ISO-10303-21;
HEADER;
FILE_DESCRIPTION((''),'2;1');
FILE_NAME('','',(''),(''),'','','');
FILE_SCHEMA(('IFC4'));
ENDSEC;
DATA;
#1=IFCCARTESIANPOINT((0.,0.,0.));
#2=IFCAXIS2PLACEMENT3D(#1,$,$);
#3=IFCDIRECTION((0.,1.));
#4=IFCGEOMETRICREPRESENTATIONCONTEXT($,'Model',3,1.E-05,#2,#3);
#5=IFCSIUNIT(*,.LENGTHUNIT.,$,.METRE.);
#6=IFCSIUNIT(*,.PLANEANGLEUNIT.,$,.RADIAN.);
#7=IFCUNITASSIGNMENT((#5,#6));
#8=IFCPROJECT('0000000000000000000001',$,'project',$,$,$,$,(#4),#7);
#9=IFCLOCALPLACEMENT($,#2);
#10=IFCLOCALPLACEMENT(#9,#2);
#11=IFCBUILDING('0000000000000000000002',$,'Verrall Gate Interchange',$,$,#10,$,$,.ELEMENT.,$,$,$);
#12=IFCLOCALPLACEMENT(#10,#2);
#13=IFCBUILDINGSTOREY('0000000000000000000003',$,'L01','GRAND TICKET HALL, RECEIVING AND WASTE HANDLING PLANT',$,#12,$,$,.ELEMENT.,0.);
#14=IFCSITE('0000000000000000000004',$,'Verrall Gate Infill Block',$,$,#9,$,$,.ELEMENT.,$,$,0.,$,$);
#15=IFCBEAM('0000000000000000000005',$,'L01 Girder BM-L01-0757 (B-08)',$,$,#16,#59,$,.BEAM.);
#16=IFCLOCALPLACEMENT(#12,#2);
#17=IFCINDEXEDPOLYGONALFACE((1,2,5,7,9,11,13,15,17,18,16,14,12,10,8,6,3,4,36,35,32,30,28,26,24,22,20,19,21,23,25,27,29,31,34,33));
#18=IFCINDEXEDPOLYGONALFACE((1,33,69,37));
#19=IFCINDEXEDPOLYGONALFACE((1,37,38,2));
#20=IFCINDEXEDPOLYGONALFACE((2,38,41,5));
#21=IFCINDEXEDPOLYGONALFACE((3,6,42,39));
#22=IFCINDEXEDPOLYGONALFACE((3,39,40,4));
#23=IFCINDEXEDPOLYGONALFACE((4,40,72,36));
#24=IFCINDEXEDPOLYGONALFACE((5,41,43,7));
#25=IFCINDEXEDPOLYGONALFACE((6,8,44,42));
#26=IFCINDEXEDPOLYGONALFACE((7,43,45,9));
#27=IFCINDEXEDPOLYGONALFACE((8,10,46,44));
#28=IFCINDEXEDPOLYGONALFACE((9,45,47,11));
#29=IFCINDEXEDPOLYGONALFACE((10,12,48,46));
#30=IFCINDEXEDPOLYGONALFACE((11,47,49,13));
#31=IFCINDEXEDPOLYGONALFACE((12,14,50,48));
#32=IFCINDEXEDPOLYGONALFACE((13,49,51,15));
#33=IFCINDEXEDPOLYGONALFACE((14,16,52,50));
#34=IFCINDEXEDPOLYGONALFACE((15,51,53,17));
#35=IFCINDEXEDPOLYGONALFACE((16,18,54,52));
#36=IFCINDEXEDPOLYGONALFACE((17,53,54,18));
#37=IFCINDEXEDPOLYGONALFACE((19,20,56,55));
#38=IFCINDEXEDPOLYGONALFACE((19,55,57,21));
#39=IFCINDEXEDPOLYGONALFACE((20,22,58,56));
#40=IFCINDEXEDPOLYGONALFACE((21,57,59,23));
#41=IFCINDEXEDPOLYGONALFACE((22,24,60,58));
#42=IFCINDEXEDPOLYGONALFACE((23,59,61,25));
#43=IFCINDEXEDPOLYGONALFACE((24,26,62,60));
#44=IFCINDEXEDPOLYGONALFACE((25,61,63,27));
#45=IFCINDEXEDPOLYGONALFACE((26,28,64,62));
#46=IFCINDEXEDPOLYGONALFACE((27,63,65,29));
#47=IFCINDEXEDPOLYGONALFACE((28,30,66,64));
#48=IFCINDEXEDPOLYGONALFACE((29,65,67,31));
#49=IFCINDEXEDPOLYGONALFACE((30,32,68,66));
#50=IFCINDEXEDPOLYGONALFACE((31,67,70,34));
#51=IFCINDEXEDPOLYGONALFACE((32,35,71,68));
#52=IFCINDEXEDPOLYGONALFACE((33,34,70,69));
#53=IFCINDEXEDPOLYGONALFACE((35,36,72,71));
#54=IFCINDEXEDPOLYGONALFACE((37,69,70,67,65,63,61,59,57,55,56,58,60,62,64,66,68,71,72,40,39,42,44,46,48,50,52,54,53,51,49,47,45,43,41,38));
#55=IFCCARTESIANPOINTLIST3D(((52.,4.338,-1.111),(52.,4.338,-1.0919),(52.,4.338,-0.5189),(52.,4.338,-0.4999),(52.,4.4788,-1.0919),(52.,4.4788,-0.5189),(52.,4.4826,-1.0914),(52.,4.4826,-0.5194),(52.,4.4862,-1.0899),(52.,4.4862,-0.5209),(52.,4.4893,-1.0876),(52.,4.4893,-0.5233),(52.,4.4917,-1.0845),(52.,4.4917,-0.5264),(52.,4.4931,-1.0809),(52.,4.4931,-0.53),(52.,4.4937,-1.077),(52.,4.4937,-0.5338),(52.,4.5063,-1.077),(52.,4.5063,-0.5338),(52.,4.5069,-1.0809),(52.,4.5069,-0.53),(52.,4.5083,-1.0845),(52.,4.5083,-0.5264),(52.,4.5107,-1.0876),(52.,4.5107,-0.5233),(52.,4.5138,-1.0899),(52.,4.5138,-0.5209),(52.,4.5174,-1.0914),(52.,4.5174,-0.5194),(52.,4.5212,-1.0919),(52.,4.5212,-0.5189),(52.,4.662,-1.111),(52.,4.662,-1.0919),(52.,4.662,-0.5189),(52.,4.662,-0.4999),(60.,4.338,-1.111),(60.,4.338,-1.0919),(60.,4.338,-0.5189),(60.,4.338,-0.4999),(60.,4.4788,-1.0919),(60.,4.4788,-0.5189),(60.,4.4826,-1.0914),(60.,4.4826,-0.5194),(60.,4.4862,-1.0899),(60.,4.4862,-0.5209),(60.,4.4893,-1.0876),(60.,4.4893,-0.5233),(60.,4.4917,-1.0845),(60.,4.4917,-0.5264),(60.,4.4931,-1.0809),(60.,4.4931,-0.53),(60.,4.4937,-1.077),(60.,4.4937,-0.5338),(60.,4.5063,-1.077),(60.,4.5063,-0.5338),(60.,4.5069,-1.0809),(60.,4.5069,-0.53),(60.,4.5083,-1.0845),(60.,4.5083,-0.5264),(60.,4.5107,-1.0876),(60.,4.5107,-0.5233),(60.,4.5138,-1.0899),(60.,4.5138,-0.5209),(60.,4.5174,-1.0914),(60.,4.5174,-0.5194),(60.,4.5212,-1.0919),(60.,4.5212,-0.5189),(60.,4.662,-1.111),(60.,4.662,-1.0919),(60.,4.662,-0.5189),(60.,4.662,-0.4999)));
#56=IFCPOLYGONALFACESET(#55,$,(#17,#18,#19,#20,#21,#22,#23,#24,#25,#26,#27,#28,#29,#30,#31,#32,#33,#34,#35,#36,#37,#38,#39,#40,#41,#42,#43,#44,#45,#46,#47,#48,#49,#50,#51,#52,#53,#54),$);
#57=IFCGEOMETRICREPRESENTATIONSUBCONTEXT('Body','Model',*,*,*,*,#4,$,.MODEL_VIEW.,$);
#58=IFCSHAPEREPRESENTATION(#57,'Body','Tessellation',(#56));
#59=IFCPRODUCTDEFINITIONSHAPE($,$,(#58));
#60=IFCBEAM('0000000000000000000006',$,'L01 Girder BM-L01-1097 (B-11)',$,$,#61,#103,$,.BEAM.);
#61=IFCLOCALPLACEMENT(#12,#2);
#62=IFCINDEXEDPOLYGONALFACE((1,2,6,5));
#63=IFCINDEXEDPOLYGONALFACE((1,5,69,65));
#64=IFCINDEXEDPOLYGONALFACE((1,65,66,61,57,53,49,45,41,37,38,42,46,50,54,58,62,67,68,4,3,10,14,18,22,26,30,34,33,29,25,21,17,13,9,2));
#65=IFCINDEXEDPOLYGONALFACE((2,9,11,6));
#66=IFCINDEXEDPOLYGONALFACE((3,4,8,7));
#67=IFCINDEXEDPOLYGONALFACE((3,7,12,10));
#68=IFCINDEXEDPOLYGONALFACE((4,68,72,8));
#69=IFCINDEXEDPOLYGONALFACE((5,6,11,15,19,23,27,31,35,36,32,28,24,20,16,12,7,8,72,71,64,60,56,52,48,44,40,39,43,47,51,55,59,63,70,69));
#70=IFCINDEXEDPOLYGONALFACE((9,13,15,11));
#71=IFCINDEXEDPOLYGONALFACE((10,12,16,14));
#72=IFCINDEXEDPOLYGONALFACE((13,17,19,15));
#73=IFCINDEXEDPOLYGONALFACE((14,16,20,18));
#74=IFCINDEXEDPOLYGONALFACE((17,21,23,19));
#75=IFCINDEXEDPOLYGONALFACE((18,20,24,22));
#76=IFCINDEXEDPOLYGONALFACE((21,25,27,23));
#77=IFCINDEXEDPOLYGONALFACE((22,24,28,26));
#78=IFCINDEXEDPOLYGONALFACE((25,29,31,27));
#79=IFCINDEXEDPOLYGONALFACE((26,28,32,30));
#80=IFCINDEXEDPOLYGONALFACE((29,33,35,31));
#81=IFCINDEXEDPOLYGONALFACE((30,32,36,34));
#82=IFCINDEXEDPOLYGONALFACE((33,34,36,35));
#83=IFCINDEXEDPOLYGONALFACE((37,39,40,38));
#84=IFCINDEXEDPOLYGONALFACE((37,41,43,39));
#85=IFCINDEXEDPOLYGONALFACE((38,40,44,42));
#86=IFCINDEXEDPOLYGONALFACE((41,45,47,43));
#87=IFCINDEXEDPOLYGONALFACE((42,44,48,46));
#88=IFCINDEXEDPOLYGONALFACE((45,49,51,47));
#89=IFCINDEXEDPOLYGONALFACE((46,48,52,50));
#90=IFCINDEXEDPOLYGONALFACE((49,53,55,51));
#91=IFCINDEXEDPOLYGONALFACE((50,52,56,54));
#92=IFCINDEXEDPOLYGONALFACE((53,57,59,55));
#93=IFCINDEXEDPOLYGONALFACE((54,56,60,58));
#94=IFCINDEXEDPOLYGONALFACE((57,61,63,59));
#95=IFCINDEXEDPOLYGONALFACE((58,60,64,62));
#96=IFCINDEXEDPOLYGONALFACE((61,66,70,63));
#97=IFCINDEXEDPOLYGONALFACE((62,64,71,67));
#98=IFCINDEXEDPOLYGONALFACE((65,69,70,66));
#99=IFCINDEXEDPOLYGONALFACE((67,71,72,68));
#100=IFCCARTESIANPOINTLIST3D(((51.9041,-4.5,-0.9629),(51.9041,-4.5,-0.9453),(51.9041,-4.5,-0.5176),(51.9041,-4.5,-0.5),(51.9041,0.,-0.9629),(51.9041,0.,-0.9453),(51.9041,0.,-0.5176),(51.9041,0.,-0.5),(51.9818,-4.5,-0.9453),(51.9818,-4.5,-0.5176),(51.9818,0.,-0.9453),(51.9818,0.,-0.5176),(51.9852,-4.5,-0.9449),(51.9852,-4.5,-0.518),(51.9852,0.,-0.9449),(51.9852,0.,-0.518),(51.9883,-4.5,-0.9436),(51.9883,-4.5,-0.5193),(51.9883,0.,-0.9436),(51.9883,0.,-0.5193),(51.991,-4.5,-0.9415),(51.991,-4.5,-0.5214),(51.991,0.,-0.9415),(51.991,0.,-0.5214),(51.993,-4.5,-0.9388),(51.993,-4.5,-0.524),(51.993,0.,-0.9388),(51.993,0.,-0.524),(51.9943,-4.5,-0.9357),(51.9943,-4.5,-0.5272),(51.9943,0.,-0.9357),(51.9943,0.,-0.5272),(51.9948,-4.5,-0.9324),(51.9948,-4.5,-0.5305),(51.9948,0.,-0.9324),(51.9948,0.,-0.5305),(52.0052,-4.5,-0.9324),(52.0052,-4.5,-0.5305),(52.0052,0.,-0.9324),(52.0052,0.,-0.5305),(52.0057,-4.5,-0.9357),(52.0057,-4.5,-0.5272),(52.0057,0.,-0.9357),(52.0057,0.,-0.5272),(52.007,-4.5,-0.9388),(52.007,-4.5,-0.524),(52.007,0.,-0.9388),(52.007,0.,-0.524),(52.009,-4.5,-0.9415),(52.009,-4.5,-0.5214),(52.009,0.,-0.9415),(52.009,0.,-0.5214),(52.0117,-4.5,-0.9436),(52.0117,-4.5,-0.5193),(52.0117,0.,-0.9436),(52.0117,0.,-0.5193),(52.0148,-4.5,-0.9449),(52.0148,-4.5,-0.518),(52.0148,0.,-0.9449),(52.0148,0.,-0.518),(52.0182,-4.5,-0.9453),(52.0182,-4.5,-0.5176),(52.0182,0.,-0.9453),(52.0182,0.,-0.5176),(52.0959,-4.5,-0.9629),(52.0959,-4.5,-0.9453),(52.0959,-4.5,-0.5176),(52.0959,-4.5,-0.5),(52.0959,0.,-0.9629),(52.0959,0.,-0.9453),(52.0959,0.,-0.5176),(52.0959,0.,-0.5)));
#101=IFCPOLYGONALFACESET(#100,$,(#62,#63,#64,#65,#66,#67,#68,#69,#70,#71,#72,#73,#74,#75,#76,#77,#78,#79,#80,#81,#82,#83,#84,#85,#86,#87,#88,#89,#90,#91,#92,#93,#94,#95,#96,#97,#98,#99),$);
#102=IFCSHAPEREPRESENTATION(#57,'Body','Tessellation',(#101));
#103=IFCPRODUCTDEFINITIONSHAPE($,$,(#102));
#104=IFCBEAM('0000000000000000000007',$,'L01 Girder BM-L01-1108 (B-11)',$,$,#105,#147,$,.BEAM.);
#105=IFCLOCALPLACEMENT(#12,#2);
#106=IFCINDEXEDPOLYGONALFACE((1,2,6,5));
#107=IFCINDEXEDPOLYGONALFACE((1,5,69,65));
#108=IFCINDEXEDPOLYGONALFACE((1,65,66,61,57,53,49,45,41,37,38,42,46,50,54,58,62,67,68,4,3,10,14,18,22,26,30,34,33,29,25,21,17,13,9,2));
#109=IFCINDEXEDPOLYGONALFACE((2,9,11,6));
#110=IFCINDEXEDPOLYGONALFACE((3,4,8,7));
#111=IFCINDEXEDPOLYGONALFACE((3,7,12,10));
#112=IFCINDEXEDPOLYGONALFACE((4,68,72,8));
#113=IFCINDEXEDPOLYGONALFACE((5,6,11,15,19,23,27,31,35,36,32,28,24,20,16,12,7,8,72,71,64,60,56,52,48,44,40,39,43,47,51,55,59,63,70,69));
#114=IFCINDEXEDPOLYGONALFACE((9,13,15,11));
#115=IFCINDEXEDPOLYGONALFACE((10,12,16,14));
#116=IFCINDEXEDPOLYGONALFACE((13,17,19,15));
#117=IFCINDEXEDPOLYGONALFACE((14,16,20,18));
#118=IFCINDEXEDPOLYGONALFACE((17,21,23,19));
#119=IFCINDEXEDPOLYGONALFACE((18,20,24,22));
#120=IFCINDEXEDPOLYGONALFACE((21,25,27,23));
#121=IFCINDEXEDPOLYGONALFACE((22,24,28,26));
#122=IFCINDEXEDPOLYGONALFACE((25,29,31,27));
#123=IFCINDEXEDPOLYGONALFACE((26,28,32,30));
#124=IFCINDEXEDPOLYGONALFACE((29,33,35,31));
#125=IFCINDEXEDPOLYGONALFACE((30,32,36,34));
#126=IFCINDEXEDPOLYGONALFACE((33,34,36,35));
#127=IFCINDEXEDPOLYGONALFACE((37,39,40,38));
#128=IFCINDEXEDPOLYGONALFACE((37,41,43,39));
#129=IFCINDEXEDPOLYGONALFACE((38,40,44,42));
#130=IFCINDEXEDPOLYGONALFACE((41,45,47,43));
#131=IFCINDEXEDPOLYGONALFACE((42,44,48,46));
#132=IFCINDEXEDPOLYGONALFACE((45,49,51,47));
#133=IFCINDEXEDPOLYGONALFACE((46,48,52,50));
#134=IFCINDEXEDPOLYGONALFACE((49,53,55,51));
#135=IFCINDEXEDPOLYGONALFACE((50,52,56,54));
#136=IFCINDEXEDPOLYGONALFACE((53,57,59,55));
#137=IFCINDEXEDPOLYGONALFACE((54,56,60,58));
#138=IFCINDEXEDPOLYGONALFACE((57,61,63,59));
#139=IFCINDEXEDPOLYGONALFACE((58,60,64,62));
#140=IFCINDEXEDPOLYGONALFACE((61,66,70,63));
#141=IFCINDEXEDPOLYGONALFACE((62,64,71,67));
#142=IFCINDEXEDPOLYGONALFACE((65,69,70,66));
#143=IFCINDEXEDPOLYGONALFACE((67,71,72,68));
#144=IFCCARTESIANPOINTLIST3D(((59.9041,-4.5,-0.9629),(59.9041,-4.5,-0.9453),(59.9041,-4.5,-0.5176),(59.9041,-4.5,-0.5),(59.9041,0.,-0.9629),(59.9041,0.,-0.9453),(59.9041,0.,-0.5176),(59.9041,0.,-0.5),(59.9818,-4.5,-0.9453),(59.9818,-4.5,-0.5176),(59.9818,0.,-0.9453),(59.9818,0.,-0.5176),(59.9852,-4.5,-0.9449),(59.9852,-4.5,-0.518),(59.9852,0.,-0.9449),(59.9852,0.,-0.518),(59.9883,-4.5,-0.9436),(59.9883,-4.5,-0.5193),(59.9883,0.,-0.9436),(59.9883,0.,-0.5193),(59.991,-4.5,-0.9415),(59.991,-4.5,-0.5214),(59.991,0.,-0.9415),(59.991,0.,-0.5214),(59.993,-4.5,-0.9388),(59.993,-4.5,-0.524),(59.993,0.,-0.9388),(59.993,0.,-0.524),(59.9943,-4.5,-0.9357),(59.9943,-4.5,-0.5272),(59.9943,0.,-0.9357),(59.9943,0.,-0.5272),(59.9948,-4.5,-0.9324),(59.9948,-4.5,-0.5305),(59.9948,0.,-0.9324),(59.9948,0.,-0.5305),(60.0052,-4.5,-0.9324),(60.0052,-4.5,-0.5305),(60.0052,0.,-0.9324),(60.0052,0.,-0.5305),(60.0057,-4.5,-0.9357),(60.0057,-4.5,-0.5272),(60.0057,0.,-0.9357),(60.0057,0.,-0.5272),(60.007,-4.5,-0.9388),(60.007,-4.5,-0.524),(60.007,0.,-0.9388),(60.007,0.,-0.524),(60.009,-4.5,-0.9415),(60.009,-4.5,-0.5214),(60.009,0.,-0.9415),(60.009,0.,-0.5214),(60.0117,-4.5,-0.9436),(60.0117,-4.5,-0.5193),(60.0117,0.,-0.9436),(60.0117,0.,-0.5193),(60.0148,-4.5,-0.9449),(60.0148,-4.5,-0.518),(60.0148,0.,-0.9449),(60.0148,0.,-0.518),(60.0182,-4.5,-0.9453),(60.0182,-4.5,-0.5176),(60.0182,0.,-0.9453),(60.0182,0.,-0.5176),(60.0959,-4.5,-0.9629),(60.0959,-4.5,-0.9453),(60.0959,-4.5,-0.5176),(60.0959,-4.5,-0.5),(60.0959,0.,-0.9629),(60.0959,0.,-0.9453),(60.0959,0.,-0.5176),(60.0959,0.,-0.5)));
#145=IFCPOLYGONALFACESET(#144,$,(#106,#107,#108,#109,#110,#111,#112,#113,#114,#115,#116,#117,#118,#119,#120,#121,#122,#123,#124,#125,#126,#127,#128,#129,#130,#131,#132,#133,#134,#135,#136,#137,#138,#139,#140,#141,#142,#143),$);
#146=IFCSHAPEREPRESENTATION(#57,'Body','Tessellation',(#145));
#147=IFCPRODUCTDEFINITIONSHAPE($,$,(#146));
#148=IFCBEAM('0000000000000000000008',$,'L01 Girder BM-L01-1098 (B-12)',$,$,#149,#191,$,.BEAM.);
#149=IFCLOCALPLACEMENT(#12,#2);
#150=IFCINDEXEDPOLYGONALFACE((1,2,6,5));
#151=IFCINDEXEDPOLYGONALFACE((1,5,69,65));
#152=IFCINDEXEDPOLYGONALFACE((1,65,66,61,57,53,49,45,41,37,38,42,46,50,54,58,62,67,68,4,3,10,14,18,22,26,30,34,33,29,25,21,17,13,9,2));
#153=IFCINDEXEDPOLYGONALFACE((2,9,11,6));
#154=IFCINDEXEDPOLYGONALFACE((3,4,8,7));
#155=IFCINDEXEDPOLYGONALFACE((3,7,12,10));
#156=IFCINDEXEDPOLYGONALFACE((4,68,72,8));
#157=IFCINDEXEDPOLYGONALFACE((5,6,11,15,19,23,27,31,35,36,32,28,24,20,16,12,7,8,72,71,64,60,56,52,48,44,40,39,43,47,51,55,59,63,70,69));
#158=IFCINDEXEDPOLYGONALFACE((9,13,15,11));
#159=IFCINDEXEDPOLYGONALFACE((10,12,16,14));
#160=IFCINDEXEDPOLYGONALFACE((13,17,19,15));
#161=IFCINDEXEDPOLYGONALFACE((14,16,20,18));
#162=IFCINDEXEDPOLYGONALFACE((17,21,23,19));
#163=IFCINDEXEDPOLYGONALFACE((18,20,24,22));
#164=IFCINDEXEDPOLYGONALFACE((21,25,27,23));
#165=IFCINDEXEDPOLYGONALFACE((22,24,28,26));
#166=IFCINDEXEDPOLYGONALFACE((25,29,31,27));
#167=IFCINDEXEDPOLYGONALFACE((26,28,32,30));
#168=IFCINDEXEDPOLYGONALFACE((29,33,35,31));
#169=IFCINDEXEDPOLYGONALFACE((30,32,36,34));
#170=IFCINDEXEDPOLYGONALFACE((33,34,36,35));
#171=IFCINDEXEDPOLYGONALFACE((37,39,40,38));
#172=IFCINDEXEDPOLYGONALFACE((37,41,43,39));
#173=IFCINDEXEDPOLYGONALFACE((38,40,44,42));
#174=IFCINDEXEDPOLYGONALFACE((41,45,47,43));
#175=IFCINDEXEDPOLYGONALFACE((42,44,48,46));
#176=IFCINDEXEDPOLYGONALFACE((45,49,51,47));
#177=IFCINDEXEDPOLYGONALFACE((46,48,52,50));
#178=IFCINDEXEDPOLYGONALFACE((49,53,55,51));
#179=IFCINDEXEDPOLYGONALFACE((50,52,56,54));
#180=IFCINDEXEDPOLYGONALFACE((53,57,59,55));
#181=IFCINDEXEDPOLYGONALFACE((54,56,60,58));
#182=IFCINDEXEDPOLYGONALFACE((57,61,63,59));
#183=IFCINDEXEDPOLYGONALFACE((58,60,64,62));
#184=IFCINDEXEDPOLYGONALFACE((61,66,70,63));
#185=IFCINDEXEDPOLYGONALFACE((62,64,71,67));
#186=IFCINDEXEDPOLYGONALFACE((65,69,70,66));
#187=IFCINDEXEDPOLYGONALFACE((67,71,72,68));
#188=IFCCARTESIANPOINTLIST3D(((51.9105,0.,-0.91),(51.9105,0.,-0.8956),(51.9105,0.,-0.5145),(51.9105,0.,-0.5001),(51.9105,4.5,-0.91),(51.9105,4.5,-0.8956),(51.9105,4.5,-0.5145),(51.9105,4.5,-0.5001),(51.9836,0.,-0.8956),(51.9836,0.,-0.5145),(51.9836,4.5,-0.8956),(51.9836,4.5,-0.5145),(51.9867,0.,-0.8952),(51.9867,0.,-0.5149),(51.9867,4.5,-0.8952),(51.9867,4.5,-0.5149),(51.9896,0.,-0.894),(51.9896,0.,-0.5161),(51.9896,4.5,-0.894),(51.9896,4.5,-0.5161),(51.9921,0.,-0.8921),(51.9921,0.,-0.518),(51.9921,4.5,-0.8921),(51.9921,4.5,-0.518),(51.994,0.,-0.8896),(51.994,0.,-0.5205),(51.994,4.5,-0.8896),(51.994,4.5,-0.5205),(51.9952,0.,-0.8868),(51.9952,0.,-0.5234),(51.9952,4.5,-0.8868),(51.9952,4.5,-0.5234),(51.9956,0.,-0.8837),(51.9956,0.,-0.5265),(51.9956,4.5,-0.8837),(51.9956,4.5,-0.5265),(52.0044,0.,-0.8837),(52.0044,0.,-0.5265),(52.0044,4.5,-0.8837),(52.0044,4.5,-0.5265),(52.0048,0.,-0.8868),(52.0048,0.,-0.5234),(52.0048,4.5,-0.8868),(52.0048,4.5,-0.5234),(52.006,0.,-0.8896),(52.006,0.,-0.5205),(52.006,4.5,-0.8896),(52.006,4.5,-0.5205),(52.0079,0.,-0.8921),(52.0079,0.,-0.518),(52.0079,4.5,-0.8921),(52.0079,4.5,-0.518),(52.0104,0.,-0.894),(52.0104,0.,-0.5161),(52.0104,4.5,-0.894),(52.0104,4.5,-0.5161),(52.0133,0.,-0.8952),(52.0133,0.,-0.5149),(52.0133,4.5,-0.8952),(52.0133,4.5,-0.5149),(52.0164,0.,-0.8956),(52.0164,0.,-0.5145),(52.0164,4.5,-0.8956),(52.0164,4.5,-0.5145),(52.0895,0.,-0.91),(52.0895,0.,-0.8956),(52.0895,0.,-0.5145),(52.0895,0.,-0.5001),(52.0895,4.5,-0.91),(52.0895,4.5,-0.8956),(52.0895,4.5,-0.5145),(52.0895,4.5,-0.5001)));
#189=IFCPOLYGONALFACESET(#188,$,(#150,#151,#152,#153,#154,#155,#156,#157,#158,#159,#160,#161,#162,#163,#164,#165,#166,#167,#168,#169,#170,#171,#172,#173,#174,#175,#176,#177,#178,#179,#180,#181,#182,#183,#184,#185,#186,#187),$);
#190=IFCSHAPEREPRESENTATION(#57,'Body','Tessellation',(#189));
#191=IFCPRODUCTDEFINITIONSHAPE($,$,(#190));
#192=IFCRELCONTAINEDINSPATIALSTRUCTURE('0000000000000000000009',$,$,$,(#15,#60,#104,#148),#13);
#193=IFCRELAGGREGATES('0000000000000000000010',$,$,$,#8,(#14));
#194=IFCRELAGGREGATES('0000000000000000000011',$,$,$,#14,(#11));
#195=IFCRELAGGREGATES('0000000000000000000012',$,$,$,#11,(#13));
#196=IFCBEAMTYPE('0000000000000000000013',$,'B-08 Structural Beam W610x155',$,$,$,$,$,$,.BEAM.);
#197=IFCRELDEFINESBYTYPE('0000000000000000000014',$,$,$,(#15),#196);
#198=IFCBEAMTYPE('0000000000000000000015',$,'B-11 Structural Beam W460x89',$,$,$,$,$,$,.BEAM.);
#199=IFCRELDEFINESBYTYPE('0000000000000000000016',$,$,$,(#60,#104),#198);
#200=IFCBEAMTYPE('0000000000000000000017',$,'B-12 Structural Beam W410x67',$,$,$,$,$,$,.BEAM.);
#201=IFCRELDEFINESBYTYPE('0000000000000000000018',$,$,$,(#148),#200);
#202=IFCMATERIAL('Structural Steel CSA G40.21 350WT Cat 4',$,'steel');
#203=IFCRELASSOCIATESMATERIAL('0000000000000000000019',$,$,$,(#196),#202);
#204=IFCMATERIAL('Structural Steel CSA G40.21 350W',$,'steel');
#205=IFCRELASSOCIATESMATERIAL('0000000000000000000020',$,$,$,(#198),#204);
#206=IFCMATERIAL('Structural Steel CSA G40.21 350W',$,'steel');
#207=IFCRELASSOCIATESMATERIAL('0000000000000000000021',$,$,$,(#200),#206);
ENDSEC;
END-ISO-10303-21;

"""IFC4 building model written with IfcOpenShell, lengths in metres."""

from ifc_helpers import new_model, si_unit, direction, frame, origin, origin_2d, place, context, subcontext, project, spatial, i_section, extrude, material, material_profile, profile_set, type_object, element, save


model = new_model("IFC4")

# Units and contexts
model_context = context("Model", 3, precision=1e-05, world=origin(), true_north=direction((0.0, 1.0)))
body_context = subcontext(model_context, "Body", "Model", "MODEL_VIEW")
ifc_project = project(units=[si_unit("LENGTHUNIT", "METRE"), si_unit("PLANEANGLEUNIT", "RADIAN")], contexts=[model_context])

# Site, building, storey
site_placement = place(None, origin())
site = spatial("IfcSite", under=ifc_project, at=site_placement, Name="Verrall Gate Infill Block", CompositionType="ELEMENT", RefElevation=0.0)
building_placement = place(site_placement, origin())
building = spatial("IfcBuilding", under=site, at=building_placement, Name="Verrall Gate Interchange", CompositionType="ELEMENT")
storey_placement = place(building_placement, origin())
storey = spatial("IfcBuildingStorey", under=building, at=storey_placement, Name="L01", Description="GRAND TICKET HALL, RECEIVING AND WASTE HANDLING PLANT", CompositionType="ELEMENT", Elevation=0.0)

# Beams
ifc_material_1 = material(Name="Structural Steel CSA G40.21 350WT Cat 4", Category="steel")
ifc_material_profile_1 = material_profile(ifc_material_1, i_section(OverallWidth=0.324, OverallDepth=0.6111, WebThickness=0.0127, FlangeThickness=0.019, FilletRadius=0.0149, at=origin_2d()), Name="W610x155")
ifc_profile_set_1 = profile_set([ifc_material_profile_1], Name="Structural Steel CSA G40.21 350WT Cat 4")
beam_type_1 = type_object("IfcBeamType", Name="B-08 Structural Beam W610x155", PredefinedType="BEAM", material=ifc_profile_set_1)
for number, where, z_axis, x_axis, name in (
    (1, (52.0, 4.5, -0.8054), (1.0, 0.0, 0.0), (0.0, 1.0, 0.0), "L01 Girder BM-L01-0757 (B-08)"),
):
    element("IfcBeam", number, at=place(storey_placement, frame(where, z_axis=z_axis, x_axis=x_axis)), inside=storey, type_object=beam_type_1, Name=name, PredefinedType="BEAM", context=body_context, shape_type="SweptSolid", body=[
        extrude(i_section(OverallWidth=0.324, OverallDepth=0.6111, WebThickness=0.0127, FlangeThickness=0.019, FilletRadius=0.0149, at=origin_2d()), origin(), (0.0, 0.0, 1.0), 8.0),
    ])
ifc_material_2 = material(Name="Structural Steel CSA G40.21 350W", Category="steel")
ifc_material_profile_2 = material_profile(ifc_material_2, i_section(OverallWidth=0.1919, OverallDepth=0.4629, WebThickness=0.0105, FlangeThickness=0.0176, FilletRadius=0.0129, at=origin_2d()), Name="W460x89")
ifc_profile_set_2 = profile_set([ifc_material_profile_2], Name="Structural Steel CSA G40.21 350W")
beam_type_2 = type_object("IfcBeamType", Name="B-11 Structural Beam W460x89", PredefinedType="BEAM", material=ifc_profile_set_2)
for number, where, z_axis, x_axis, name in (
    (2, (52.0, -4.5, -0.7314), (0.0, 1.0, 0.0), (-1.0, 0.0, 0.0), "L01 Girder BM-L01-1097 (B-11)"),
    (3, (60.0, -4.5, -0.7314), (0.0, 1.0, 0.0), (-1.0, 0.0, 0.0), "L01 Girder BM-L01-1108 (B-11)"),
):
    element("IfcBeam", number, at=place(storey_placement, frame(where, z_axis=z_axis, x_axis=x_axis)), inside=storey, type_object=beam_type_2, Name=name, PredefinedType="BEAM", context=body_context, shape_type="SweptSolid", body=[
        extrude(i_section(OverallWidth=0.1919, OverallDepth=0.4629, WebThickness=0.0105, FlangeThickness=0.0176, FilletRadius=0.0129, at=origin_2d()), origin(), (0.0, 0.0, 1.0), 4.5),
    ])
ifc_material_3 = material(Name="Structural Steel CSA G40.21 350W", Category="steel")
ifc_material_profile_3 = material_profile(ifc_material_3, i_section(OverallWidth=0.179, OverallDepth=0.4099, WebThickness=0.0088, FlangeThickness=0.0144, FilletRadius=0.012, at=origin_2d()), Name="W410x67")
ifc_profile_set_3 = profile_set([ifc_material_profile_3], Name="Structural Steel CSA G40.21 350W")
beam_type_3 = type_object("IfcBeamType", Name="B-12 Structural Beam W410x67", PredefinedType="BEAM", material=ifc_profile_set_3)
for number, where, z_axis, x_axis, name in (
    (4, (52.0, 0.0, -0.7051), (0.0, 1.0, 0.0), (-1.0, 0.0, 0.0), "L01 Girder BM-L01-1098 (B-12)"),
):
    element("IfcBeam", number, at=place(storey_placement, frame(where, z_axis=z_axis, x_axis=x_axis)), inside=storey, type_object=beam_type_3, Name=name, PredefinedType="BEAM", context=body_context, shape_type="SweptSolid", body=[
        extrude(i_section(OverallWidth=0.179, OverallDepth=0.4099, WebThickness=0.0088, FlangeThickness=0.0144, FilletRadius=0.012, at=origin_2d()), origin(), (0.0, 0.0, 1.0), 4.5),
    ])

save(model, "model.ifc")
